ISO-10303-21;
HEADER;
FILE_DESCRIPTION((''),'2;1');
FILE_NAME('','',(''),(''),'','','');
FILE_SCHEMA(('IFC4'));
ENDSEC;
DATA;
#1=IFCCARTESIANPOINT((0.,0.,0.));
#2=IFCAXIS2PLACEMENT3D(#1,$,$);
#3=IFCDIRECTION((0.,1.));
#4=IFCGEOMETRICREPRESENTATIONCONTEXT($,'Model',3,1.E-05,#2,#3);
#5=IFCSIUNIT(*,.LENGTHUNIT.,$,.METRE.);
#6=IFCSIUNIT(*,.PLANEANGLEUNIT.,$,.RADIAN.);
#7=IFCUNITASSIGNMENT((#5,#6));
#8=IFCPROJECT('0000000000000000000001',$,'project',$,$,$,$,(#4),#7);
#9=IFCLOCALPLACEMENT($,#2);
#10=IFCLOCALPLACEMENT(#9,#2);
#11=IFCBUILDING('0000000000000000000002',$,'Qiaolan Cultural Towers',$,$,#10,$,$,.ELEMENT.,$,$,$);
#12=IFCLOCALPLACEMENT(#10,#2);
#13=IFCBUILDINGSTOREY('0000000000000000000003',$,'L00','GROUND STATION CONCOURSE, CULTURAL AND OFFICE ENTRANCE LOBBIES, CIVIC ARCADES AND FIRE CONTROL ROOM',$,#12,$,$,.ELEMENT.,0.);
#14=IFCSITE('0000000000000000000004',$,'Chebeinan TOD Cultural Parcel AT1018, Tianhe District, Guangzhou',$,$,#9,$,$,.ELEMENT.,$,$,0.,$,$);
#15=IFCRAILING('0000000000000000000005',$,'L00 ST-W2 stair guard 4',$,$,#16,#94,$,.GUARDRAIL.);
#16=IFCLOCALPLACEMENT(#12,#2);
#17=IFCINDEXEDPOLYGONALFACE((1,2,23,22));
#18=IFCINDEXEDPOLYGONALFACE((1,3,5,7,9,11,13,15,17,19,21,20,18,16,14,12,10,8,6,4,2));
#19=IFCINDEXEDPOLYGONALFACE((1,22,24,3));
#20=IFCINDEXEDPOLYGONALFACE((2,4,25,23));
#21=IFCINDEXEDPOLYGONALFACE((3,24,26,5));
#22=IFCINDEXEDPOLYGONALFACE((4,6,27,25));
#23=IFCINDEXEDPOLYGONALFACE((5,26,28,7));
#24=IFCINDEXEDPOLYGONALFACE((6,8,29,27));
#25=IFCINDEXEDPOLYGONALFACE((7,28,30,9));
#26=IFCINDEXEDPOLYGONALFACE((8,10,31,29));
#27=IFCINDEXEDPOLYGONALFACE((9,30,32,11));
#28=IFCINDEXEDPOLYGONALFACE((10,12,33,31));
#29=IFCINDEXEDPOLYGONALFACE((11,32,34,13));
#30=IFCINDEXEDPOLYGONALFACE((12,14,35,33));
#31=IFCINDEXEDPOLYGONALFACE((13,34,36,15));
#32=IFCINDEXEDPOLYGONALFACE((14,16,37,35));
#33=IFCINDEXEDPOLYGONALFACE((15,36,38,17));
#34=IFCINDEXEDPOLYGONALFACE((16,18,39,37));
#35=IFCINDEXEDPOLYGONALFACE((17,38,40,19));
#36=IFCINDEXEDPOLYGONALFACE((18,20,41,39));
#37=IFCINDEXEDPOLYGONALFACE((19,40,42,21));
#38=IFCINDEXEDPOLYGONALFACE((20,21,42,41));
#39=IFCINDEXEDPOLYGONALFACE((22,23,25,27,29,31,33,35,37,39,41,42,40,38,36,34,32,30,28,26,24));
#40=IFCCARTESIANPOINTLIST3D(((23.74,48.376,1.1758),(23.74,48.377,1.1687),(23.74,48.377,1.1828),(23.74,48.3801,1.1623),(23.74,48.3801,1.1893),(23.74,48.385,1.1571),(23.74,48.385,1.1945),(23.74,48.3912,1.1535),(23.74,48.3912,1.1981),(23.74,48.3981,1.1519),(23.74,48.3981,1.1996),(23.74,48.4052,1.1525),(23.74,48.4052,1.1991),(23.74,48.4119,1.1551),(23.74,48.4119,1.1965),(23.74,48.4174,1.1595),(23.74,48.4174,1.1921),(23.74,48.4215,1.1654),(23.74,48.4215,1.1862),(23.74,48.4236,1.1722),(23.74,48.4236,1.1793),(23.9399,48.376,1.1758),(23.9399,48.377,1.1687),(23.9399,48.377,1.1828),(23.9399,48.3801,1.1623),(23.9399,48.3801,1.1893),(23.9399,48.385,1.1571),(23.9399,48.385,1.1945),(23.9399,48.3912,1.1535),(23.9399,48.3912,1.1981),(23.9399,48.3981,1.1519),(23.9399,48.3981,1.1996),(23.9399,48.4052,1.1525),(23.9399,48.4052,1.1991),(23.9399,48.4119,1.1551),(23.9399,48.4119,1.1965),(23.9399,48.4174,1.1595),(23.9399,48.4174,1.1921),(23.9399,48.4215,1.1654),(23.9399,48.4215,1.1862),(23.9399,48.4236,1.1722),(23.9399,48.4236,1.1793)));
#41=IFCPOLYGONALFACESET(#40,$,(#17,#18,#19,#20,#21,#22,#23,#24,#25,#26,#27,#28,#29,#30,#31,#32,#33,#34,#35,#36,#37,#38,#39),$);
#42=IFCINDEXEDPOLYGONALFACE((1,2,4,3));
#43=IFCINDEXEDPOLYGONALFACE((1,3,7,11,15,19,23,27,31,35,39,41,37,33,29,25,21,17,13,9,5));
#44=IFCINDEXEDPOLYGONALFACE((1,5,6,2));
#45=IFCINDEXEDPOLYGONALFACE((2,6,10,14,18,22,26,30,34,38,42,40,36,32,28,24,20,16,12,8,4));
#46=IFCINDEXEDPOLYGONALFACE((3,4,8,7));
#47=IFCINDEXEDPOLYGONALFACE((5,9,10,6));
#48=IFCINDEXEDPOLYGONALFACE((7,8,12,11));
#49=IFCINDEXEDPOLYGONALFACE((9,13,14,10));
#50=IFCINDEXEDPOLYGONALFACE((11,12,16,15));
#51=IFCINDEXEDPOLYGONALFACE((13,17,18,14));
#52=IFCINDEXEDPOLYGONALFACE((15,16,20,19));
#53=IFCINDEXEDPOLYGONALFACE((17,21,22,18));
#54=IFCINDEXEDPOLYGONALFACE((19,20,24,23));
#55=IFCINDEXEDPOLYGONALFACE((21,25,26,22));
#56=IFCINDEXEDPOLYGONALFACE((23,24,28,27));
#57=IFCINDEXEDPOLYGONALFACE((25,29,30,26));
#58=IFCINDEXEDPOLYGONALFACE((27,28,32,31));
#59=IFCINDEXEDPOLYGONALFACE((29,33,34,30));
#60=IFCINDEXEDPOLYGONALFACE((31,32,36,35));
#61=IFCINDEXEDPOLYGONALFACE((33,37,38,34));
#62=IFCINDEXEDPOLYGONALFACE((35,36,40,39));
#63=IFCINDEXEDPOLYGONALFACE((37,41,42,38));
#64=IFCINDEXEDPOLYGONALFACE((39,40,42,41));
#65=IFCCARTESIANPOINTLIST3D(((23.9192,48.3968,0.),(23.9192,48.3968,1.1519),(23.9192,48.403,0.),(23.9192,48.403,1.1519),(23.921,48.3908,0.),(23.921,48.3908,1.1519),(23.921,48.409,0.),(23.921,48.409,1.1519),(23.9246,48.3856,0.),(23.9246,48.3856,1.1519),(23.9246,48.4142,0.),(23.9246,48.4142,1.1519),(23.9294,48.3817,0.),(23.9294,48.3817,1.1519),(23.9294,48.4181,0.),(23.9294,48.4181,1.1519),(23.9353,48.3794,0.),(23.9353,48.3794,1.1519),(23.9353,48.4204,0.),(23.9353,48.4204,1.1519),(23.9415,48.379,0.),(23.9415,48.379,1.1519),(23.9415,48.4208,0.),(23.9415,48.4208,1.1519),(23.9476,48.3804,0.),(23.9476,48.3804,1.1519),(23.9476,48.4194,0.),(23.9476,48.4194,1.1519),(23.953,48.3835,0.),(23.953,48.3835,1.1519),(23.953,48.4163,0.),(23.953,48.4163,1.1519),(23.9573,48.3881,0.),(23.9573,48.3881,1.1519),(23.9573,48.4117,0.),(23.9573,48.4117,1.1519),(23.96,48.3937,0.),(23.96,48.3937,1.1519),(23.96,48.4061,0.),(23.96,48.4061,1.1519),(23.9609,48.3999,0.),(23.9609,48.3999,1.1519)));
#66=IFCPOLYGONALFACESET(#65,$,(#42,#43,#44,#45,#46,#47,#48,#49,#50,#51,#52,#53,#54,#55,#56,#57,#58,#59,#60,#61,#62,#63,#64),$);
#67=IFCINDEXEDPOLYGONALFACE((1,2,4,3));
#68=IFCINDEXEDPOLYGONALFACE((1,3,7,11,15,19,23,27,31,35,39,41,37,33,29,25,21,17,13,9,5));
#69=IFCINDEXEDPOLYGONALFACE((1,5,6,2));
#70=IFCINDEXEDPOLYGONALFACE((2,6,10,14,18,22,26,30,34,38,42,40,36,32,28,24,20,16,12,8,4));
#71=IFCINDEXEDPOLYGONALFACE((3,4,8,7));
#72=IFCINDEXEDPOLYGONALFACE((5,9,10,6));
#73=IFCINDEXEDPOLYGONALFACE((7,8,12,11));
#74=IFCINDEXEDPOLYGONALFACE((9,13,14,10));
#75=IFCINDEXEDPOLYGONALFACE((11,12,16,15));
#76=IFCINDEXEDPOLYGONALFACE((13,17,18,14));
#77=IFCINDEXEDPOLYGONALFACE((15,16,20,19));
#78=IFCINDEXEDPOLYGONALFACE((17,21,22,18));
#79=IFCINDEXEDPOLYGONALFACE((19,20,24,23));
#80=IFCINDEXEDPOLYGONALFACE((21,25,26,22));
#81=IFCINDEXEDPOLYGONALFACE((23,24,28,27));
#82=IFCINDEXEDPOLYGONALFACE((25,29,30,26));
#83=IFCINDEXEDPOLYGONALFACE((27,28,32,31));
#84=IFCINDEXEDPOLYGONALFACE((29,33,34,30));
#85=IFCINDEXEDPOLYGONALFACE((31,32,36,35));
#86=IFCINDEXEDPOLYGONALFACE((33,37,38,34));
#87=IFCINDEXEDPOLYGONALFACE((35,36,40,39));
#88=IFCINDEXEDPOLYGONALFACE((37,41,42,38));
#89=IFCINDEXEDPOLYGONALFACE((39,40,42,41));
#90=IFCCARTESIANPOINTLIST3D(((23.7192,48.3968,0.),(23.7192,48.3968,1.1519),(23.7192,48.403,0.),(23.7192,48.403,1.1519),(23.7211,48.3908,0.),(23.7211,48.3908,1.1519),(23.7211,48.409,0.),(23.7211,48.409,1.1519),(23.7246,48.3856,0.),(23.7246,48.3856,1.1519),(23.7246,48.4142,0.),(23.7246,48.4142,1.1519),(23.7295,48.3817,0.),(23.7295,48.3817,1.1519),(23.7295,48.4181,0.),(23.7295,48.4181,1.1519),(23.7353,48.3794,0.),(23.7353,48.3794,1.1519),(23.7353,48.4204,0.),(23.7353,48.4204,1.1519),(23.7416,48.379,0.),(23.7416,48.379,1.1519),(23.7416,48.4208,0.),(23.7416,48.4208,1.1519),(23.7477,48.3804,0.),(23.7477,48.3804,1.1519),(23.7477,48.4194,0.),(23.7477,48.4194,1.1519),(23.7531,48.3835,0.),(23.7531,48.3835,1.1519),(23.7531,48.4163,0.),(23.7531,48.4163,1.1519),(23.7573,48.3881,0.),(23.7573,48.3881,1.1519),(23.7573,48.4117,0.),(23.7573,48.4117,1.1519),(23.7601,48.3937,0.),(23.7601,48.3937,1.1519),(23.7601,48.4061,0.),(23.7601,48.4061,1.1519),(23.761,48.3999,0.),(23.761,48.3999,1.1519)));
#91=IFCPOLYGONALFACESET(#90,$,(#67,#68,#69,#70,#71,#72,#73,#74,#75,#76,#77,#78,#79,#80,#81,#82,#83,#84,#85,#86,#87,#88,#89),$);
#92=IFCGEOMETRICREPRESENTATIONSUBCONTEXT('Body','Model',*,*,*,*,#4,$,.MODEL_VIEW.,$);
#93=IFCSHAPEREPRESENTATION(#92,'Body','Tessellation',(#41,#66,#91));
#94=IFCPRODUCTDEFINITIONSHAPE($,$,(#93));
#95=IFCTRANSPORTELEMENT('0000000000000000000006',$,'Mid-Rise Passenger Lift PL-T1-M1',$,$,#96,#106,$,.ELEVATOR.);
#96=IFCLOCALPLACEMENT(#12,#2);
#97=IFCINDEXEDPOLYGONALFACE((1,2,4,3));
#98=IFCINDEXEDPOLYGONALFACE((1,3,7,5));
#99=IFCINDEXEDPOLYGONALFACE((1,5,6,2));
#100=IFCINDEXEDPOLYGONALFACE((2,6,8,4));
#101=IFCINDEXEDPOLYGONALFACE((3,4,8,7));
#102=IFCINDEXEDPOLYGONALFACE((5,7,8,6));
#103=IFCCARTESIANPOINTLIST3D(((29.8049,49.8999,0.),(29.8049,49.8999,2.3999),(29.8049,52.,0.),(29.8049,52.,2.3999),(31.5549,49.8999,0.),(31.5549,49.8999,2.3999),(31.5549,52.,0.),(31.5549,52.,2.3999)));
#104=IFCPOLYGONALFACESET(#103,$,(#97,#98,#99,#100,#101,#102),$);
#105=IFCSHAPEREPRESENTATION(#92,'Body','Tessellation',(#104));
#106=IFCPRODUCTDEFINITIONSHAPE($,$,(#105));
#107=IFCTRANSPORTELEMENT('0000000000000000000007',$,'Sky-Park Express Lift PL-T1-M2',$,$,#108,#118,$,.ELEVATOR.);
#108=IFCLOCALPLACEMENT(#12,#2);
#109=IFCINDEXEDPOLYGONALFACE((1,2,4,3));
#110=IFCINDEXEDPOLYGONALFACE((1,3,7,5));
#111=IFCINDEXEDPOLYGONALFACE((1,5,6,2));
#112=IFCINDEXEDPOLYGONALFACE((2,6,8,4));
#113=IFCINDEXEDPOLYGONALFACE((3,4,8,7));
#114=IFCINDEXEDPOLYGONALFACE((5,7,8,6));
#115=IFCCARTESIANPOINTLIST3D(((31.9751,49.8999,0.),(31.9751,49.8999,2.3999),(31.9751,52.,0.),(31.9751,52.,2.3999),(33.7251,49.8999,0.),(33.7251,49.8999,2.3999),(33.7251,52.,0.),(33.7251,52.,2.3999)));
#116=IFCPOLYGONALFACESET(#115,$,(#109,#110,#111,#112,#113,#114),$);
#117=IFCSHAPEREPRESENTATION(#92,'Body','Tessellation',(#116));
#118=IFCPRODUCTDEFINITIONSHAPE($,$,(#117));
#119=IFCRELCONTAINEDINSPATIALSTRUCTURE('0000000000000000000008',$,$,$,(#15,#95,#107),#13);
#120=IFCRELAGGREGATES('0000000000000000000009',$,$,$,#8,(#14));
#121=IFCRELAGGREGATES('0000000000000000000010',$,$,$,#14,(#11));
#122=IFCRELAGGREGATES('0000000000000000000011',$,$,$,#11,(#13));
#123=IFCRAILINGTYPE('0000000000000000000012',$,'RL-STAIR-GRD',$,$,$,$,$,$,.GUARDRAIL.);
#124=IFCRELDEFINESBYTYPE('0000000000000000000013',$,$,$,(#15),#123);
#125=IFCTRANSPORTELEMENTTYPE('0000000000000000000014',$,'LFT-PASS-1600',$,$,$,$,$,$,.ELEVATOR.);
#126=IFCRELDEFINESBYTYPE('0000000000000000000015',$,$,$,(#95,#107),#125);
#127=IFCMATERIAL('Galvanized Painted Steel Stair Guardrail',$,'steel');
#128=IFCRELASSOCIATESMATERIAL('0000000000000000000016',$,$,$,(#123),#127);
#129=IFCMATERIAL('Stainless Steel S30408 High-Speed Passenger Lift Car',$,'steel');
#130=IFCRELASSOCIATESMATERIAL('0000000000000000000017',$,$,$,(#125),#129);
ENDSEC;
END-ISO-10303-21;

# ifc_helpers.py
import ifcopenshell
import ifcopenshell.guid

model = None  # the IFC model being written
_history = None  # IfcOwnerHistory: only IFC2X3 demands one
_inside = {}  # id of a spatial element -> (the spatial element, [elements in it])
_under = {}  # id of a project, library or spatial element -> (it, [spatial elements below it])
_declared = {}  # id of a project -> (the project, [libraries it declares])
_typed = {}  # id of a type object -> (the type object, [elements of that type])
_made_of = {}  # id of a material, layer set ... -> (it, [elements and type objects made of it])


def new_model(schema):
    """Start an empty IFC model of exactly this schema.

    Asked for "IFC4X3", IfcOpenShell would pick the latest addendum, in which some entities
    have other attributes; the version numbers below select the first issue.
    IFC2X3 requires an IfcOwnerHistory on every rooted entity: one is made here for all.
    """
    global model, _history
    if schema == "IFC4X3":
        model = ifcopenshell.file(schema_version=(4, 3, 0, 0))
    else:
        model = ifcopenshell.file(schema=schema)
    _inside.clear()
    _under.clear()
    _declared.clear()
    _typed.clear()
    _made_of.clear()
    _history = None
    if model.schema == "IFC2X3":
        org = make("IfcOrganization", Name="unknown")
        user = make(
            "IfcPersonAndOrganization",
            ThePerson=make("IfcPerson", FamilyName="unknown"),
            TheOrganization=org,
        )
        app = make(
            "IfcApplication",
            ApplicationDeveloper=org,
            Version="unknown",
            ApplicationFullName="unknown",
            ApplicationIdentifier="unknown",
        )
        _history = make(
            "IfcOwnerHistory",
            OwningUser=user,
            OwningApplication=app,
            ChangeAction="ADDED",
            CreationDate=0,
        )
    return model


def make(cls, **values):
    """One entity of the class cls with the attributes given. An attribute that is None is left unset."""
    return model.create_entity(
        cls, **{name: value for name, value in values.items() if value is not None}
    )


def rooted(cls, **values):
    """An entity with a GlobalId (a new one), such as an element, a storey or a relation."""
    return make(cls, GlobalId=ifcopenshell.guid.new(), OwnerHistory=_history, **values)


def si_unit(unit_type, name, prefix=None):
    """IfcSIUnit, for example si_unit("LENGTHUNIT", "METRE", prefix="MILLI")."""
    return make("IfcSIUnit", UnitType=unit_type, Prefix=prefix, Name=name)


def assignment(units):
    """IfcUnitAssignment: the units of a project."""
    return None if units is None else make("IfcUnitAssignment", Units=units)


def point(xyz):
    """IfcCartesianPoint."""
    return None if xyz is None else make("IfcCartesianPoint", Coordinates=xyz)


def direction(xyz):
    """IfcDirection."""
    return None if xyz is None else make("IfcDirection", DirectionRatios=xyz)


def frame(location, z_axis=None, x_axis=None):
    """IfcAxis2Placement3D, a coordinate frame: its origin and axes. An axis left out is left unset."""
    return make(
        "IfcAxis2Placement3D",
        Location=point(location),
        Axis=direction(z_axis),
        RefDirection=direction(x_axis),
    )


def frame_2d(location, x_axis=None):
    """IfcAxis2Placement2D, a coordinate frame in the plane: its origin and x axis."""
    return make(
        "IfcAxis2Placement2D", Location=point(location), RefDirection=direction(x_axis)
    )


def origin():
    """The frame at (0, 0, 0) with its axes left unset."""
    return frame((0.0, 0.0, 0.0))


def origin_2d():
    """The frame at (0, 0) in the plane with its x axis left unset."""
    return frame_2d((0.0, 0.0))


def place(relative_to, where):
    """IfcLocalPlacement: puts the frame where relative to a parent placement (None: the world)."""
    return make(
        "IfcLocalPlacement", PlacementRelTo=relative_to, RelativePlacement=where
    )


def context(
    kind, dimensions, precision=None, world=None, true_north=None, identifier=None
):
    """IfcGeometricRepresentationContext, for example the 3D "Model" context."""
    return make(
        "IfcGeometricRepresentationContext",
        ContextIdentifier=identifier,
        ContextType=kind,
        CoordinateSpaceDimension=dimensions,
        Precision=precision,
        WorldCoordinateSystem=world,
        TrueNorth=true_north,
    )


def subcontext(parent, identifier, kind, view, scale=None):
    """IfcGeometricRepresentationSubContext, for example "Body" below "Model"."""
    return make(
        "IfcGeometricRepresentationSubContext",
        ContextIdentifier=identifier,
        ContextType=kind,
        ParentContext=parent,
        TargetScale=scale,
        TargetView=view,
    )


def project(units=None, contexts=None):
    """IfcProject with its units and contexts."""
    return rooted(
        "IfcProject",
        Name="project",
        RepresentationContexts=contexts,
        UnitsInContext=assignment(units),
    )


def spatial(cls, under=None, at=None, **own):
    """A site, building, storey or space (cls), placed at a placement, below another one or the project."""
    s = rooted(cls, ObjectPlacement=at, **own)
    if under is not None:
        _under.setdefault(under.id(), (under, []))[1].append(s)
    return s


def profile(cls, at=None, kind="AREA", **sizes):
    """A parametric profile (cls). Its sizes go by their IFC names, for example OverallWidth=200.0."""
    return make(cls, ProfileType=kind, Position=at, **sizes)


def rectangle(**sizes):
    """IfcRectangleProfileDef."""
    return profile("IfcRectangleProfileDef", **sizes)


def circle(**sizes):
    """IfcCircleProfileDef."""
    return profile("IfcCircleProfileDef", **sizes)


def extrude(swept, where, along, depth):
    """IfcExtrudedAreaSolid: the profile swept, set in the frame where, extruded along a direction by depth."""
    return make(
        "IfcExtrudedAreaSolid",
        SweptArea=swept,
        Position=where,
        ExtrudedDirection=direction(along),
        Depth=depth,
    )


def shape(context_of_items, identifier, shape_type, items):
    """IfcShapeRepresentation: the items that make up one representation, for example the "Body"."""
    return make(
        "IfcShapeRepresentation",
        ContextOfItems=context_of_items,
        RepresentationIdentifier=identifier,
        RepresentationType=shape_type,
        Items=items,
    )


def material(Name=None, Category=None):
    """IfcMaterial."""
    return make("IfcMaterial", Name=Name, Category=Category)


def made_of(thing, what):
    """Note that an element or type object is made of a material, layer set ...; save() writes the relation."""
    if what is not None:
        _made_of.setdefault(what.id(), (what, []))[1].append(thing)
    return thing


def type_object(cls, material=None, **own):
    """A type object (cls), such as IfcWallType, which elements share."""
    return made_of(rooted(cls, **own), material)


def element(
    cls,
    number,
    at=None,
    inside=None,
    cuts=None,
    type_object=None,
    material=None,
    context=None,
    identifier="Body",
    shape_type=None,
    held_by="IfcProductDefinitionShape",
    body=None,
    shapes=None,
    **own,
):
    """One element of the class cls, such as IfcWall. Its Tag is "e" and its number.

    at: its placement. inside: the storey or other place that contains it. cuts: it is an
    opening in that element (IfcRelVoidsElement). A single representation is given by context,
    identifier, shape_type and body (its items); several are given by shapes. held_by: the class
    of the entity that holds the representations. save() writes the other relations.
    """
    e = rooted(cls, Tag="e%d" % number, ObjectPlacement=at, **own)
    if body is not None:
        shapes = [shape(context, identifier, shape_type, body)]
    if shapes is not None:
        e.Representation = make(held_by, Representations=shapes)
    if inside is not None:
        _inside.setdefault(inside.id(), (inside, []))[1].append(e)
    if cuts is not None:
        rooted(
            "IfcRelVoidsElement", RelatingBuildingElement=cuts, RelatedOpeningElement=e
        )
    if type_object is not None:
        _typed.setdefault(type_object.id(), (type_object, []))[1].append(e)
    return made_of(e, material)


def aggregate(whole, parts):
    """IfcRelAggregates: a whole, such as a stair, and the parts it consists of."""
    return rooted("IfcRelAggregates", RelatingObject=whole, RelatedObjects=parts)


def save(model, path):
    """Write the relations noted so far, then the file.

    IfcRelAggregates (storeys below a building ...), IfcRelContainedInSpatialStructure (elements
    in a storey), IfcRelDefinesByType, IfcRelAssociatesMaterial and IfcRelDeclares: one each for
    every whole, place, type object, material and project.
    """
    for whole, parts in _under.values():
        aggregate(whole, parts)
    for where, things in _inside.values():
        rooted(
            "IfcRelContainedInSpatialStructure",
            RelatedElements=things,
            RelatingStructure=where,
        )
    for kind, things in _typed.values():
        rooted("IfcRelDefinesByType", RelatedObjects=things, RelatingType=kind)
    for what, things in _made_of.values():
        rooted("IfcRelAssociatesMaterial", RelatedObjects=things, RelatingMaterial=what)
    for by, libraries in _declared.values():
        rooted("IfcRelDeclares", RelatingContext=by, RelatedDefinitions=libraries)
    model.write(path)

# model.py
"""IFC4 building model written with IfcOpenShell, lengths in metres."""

from ifc_helpers import new_model, si_unit, direction, frame, origin, origin_2d, place, context, subcontext, project, spatial, rectangle, circle, extrude, material, type_object, element, save


model = new_model("IFC4")

# Units and contexts
model_context = context("Model", 3, precision=1e-05, world=origin(), true_north=direction((0.0, 1.0)))
body_context = subcontext(model_context, "Body", "Model", "MODEL_VIEW")
ifc_project = project(units=[si_unit("LENGTHUNIT", "METRE"), si_unit("PLANEANGLEUNIT", "RADIAN")], contexts=[model_context])

# Site, building, storey
site_placement = place(None, origin())
site = spatial("IfcSite", under=ifc_project, at=site_placement, Name="Chebeinan TOD Cultural Parcel AT1018, Tianhe District, Guangzhou", CompositionType="ELEMENT", RefElevation=0.0)
building_placement = place(site_placement, origin())
building = spatial("IfcBuilding", under=site, at=building_placement, Name="Qiaolan Cultural Towers", CompositionType="ELEMENT")
storey_placement = place(building_placement, origin())
storey = spatial("IfcBuildingStorey", under=building, at=storey_placement, Name="L00", Description="GROUND STATION CONCOURSE, CULTURAL AND OFFICE ENTRANCE LOBBIES, CIVIC ARCADES AND FIRE CONTROL ROOM", CompositionType="ELEMENT", Elevation=0.0)

# Railing
ifc_material_1 = material(Name="Galvanized Painted Steel Stair Guardrail", Category="steel")
railing_type_1 = type_object("IfcRailingType", Name="RL-STAIR-GRD", PredefinedType="GUARDRAIL", material=ifc_material_1)
railing_1_placement = place(storey_placement, frame((23.9399, 48.3999, 0.0)))
element("IfcRailing", 1, at=railing_1_placement, inside=storey, type_object=railing_type_1, Name="L00 ST-W2 stair guard 4", PredefinedType="GUARDRAIL", context=body_context, shape_type="SweptSolid", body=[
    extrude(circle(Radius=0.0239, at=origin_2d()), frame((0.0, 0.0, 1.1758), z_axis=(-1.0, 0.0, 0.0), x_axis=(0.0, -1.0, 0.0)), (0.0, 0.0, 1.0), 0.2),
    extrude(circle(Radius=0.021, at=origin_2d()), origin(), (0.0, 0.0, 1.0), 1.1519),
    extrude(circle(Radius=0.021, at=origin_2d()), frame((-0.2, 0.0, 0.0)), (0.0, 0.0, 1.0), 1.1519),
])

# Transport elements
ifc_material_2 = material(Name="Stainless Steel S30408 High-Speed Passenger Lift Car", Category="steel")
transport_element_type = type_object("IfcTransportElementType", Name="LFT-PASS-1600", PredefinedType="ELEVATOR", material=ifc_material_2)
for number, where, z_axis, x_axis, name in (
    (2, (30.6799, 50.95, 0.0), (0.0, 0.0, 1.0), (1.0, 0.0, 0.0), "Mid-Rise Passenger Lift PL-T1-M1"),
    (3, (32.8501, 50.95, 0.0), (0.0, 0.0, 1.0), (1.0, 0.0, 0.0), "Sky-Park Express Lift PL-T1-M2"),
):
    element("IfcTransportElement", number, at=place(storey_placement, frame(where, z_axis=z_axis, x_axis=x_axis)), inside=storey, type_object=transport_element_type, Name=name, PredefinedType="ELEVATOR", context=body_context, shape_type="SweptSolid", body=[
        extrude(rectangle(XDim=1.75, YDim=2.1001, at=origin_2d()), origin(), (0.0, 0.0, 1.0), 2.3999),
    ])

save(model, "model.ifc")
